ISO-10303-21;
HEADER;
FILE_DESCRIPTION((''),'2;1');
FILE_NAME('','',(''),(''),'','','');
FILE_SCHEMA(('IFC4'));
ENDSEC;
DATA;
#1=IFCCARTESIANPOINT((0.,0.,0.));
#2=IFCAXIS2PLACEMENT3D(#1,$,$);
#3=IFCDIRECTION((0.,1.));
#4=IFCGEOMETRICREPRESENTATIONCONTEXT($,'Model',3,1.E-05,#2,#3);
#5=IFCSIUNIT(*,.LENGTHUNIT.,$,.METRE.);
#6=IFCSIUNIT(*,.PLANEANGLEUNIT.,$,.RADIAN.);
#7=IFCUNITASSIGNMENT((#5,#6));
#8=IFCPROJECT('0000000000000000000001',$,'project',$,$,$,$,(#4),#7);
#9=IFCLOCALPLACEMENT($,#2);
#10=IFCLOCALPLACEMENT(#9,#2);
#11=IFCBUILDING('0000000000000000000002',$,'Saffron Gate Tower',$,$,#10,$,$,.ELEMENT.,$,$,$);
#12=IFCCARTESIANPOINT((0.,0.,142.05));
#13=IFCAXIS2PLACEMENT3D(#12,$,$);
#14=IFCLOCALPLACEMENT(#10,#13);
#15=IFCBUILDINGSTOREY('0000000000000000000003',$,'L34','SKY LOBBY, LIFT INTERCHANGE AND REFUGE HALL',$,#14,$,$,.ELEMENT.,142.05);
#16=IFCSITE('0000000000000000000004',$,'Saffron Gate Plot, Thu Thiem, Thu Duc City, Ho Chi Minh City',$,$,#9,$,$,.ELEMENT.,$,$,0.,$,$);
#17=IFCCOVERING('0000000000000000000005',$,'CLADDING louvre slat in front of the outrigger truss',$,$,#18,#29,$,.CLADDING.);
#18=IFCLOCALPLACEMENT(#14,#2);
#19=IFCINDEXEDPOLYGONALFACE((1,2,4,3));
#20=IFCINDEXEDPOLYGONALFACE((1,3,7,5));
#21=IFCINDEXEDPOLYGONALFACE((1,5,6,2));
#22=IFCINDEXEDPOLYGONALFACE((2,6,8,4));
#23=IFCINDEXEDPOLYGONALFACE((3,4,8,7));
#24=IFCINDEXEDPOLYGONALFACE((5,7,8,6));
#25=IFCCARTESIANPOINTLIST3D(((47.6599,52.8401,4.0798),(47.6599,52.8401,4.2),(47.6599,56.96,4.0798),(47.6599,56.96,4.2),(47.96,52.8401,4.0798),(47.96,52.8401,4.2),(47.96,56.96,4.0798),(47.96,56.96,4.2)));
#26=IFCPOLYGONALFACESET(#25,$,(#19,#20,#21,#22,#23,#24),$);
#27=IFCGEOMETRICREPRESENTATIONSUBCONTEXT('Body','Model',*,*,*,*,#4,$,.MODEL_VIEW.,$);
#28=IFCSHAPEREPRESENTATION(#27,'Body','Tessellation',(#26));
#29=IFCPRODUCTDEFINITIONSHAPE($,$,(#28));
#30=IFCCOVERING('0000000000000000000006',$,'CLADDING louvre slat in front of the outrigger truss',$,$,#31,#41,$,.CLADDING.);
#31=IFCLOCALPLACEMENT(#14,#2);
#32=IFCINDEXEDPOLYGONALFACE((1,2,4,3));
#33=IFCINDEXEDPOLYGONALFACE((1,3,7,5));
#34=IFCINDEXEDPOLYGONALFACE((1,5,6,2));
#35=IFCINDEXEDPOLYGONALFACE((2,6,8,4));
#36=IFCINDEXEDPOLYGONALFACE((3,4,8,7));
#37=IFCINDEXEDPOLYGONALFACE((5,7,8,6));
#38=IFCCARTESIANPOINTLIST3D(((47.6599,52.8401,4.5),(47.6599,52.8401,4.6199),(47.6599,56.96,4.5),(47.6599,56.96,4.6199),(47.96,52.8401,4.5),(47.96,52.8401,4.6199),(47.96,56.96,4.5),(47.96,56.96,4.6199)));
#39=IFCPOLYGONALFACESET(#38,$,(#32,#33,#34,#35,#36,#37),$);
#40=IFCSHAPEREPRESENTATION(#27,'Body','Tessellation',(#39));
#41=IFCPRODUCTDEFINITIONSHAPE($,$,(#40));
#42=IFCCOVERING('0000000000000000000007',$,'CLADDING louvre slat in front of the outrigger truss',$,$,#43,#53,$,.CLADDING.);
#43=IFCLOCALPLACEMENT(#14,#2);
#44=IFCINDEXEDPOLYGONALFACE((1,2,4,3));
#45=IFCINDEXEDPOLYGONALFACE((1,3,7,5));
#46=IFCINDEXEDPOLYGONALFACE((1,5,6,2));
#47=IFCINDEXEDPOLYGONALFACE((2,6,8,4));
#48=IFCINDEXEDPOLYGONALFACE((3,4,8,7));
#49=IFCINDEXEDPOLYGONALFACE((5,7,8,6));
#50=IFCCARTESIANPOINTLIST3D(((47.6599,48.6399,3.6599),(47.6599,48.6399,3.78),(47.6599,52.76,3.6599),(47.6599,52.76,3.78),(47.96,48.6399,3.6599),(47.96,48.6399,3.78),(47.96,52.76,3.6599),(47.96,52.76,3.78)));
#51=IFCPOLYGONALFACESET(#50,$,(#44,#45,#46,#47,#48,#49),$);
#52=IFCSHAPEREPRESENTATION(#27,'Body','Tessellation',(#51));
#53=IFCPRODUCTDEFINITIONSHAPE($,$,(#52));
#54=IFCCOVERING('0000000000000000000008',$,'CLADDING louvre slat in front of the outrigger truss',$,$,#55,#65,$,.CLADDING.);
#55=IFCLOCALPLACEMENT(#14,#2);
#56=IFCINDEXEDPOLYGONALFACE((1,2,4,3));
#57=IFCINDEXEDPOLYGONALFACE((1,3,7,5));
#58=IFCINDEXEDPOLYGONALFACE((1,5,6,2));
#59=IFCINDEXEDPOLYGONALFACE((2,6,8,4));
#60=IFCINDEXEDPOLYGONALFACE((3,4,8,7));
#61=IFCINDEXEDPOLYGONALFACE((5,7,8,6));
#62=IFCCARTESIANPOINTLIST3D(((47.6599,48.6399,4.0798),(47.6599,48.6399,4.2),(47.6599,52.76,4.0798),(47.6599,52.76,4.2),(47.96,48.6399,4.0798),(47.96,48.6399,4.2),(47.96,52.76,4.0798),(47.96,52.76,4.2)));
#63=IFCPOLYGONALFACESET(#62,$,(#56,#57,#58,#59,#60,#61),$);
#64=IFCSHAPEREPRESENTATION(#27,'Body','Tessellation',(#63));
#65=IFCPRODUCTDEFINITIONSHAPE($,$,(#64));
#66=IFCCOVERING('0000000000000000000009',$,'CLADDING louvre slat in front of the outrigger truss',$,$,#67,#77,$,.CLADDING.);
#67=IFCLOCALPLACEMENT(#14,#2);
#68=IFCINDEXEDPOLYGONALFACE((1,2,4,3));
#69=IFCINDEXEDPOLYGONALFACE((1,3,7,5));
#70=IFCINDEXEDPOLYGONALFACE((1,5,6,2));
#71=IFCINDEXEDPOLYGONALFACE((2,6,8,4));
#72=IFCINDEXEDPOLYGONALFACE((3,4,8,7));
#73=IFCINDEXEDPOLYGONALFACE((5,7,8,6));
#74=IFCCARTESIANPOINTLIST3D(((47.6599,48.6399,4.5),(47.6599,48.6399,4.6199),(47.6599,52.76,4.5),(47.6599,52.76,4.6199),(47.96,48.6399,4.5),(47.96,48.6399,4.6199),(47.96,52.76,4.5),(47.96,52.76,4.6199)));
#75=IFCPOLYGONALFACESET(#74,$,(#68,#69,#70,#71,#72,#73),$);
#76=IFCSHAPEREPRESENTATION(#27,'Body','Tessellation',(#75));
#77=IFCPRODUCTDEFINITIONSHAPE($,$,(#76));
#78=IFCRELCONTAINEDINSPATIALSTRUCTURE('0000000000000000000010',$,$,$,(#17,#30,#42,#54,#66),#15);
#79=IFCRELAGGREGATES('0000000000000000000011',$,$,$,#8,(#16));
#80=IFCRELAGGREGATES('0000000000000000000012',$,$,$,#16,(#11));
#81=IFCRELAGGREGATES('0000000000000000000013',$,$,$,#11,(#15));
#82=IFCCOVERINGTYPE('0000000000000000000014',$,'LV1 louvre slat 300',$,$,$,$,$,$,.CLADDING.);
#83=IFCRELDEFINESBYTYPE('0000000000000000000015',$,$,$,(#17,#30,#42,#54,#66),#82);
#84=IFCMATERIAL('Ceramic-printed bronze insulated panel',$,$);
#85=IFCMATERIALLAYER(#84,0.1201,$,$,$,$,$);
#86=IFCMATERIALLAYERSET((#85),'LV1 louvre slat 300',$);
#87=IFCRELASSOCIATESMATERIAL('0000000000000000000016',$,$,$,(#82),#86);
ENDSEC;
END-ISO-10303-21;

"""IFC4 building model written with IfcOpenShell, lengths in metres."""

from ifc_helpers import new_model, si_unit, direction, frame, origin, place, context, subcontext, project, spatial, polyline, outline, extrude, material, layer, layer_set, type_object, element, save


model = new_model("IFC4")

# Units and contexts
model_context = context("Model", 3, precision=1e-05, world=origin(), true_north=direction((0.0, 1.0)))
body_context = subcontext(model_context, "Body", "Model", "MODEL_VIEW")
ifc_project = project(units=[si_unit("LENGTHUNIT", "METRE"), si_unit("PLANEANGLEUNIT", "RADIAN")], contexts=[model_context])

# Site, building, storey
site_placement = place(None, origin())
site = spatial("IfcSite", under=ifc_project, at=site_placement, Name="Saffron Gate Plot, Thu Thiem, Thu Duc City, Ho Chi Minh City", CompositionType="ELEMENT", RefElevation=0.0)
building_placement = place(site_placement, origin())
building = spatial("IfcBuilding", under=site, at=building_placement, Name="Saffron Gate Tower", CompositionType="ELEMENT")
storey_placement = place(building_placement, frame((0.0, 0.0, 142.05)))
storey = spatial("IfcBuildingStorey", under=building, at=storey_placement, Name="L34", Description="SKY LOBBY, LIFT INTERCHANGE AND REFUGE HALL", CompositionType="ELEMENT", Elevation=142.05)

# Coverings
ifc_material = material(Name="Ceramic-printed bronze insulated panel")
ifc_layer = layer(ifc_material, 0.1201)
ifc_layer_set = layer_set([ifc_layer], Name="LV1 louvre slat 300")
covering_type = type_object("IfcCoveringType", Name="LV1 louvre slat 300", PredefinedType="CLADDING", material=ifc_layer_set)
for number, where, name in (
    (1, (0.0, 0.0, 4.0798), "CLADDING louvre slat in front of the outrigger truss"),
):
    element("IfcCovering", number, at=place(storey_placement, frame(where)), inside=storey, type_object=covering_type, Name=name, PredefinedType="CLADDING", context=body_context, shape_type="SweptSolid", body=[
        extrude(outline(polyline([(47.6599, 56.96), (47.6599, 52.8401), (47.96, 52.8401), (47.96, 56.96), (47.6599, 56.96)])), origin(), (0.0, 0.0, 1.0), 0.1201),
    ])
covering_1_placement = place(storey_placement, frame((0.0, 0.0, 4.5)))
element("IfcCovering", 2, at=covering_1_placement, inside=storey, type_object=covering_type, Name="CLADDING louvre slat in front of the outrigger truss", PredefinedType="CLADDING", context=body_context, shape_type="SweptSolid", body=[
    extrude(outline(polyline([(47.6599, 56.96), (47.6599, 52.8401), (47.96, 52.8401), (47.96, 56.96), (47.6599, 56.96)])), origin(), (0.0, 0.0, 1.0), 0.1199),
])
for number, where, name in (
    (3, (0.0, 0.0, 3.6599), "CLADDING louvre slat in front of the outrigger truss"),
    (4, (0.0, 0.0, 4.0798), "CLADDING louvre slat in front of the outrigger truss"),
):
    element("IfcCovering", number, at=place(storey_placement, frame(where)), inside=storey, type_object=covering_type, Name=name, PredefinedType="CLADDING", context=body_context, shape_type="SweptSolid", body=[
        extrude(outline(polyline([(47.6599, 52.76), (47.6599, 48.6399), (47.96, 48.6399), (47.96, 52.76), (47.6599, 52.76)])), origin(), (0.0, 0.0, 1.0), 0.1201),
    ])
covering_2_placement = place(storey_placement, frame((0.0, 0.0, 4.5)))
element("IfcCovering", 5, at=covering_2_placement, inside=storey, type_object=covering_type, Name="CLADDING louvre slat in front of the outrigger truss", PredefinedType="CLADDING", context=body_context, shape_type="SweptSolid", body=[
    extrude(outline(polyline([(47.6599, 52.76), (47.6599, 48.6399), (47.96, 48.6399), (47.96, 52.76), (47.6599, 52.76)])), origin(), (0.0, 0.0, 1.0), 0.1199),
])

save(model, "model.ifc")
